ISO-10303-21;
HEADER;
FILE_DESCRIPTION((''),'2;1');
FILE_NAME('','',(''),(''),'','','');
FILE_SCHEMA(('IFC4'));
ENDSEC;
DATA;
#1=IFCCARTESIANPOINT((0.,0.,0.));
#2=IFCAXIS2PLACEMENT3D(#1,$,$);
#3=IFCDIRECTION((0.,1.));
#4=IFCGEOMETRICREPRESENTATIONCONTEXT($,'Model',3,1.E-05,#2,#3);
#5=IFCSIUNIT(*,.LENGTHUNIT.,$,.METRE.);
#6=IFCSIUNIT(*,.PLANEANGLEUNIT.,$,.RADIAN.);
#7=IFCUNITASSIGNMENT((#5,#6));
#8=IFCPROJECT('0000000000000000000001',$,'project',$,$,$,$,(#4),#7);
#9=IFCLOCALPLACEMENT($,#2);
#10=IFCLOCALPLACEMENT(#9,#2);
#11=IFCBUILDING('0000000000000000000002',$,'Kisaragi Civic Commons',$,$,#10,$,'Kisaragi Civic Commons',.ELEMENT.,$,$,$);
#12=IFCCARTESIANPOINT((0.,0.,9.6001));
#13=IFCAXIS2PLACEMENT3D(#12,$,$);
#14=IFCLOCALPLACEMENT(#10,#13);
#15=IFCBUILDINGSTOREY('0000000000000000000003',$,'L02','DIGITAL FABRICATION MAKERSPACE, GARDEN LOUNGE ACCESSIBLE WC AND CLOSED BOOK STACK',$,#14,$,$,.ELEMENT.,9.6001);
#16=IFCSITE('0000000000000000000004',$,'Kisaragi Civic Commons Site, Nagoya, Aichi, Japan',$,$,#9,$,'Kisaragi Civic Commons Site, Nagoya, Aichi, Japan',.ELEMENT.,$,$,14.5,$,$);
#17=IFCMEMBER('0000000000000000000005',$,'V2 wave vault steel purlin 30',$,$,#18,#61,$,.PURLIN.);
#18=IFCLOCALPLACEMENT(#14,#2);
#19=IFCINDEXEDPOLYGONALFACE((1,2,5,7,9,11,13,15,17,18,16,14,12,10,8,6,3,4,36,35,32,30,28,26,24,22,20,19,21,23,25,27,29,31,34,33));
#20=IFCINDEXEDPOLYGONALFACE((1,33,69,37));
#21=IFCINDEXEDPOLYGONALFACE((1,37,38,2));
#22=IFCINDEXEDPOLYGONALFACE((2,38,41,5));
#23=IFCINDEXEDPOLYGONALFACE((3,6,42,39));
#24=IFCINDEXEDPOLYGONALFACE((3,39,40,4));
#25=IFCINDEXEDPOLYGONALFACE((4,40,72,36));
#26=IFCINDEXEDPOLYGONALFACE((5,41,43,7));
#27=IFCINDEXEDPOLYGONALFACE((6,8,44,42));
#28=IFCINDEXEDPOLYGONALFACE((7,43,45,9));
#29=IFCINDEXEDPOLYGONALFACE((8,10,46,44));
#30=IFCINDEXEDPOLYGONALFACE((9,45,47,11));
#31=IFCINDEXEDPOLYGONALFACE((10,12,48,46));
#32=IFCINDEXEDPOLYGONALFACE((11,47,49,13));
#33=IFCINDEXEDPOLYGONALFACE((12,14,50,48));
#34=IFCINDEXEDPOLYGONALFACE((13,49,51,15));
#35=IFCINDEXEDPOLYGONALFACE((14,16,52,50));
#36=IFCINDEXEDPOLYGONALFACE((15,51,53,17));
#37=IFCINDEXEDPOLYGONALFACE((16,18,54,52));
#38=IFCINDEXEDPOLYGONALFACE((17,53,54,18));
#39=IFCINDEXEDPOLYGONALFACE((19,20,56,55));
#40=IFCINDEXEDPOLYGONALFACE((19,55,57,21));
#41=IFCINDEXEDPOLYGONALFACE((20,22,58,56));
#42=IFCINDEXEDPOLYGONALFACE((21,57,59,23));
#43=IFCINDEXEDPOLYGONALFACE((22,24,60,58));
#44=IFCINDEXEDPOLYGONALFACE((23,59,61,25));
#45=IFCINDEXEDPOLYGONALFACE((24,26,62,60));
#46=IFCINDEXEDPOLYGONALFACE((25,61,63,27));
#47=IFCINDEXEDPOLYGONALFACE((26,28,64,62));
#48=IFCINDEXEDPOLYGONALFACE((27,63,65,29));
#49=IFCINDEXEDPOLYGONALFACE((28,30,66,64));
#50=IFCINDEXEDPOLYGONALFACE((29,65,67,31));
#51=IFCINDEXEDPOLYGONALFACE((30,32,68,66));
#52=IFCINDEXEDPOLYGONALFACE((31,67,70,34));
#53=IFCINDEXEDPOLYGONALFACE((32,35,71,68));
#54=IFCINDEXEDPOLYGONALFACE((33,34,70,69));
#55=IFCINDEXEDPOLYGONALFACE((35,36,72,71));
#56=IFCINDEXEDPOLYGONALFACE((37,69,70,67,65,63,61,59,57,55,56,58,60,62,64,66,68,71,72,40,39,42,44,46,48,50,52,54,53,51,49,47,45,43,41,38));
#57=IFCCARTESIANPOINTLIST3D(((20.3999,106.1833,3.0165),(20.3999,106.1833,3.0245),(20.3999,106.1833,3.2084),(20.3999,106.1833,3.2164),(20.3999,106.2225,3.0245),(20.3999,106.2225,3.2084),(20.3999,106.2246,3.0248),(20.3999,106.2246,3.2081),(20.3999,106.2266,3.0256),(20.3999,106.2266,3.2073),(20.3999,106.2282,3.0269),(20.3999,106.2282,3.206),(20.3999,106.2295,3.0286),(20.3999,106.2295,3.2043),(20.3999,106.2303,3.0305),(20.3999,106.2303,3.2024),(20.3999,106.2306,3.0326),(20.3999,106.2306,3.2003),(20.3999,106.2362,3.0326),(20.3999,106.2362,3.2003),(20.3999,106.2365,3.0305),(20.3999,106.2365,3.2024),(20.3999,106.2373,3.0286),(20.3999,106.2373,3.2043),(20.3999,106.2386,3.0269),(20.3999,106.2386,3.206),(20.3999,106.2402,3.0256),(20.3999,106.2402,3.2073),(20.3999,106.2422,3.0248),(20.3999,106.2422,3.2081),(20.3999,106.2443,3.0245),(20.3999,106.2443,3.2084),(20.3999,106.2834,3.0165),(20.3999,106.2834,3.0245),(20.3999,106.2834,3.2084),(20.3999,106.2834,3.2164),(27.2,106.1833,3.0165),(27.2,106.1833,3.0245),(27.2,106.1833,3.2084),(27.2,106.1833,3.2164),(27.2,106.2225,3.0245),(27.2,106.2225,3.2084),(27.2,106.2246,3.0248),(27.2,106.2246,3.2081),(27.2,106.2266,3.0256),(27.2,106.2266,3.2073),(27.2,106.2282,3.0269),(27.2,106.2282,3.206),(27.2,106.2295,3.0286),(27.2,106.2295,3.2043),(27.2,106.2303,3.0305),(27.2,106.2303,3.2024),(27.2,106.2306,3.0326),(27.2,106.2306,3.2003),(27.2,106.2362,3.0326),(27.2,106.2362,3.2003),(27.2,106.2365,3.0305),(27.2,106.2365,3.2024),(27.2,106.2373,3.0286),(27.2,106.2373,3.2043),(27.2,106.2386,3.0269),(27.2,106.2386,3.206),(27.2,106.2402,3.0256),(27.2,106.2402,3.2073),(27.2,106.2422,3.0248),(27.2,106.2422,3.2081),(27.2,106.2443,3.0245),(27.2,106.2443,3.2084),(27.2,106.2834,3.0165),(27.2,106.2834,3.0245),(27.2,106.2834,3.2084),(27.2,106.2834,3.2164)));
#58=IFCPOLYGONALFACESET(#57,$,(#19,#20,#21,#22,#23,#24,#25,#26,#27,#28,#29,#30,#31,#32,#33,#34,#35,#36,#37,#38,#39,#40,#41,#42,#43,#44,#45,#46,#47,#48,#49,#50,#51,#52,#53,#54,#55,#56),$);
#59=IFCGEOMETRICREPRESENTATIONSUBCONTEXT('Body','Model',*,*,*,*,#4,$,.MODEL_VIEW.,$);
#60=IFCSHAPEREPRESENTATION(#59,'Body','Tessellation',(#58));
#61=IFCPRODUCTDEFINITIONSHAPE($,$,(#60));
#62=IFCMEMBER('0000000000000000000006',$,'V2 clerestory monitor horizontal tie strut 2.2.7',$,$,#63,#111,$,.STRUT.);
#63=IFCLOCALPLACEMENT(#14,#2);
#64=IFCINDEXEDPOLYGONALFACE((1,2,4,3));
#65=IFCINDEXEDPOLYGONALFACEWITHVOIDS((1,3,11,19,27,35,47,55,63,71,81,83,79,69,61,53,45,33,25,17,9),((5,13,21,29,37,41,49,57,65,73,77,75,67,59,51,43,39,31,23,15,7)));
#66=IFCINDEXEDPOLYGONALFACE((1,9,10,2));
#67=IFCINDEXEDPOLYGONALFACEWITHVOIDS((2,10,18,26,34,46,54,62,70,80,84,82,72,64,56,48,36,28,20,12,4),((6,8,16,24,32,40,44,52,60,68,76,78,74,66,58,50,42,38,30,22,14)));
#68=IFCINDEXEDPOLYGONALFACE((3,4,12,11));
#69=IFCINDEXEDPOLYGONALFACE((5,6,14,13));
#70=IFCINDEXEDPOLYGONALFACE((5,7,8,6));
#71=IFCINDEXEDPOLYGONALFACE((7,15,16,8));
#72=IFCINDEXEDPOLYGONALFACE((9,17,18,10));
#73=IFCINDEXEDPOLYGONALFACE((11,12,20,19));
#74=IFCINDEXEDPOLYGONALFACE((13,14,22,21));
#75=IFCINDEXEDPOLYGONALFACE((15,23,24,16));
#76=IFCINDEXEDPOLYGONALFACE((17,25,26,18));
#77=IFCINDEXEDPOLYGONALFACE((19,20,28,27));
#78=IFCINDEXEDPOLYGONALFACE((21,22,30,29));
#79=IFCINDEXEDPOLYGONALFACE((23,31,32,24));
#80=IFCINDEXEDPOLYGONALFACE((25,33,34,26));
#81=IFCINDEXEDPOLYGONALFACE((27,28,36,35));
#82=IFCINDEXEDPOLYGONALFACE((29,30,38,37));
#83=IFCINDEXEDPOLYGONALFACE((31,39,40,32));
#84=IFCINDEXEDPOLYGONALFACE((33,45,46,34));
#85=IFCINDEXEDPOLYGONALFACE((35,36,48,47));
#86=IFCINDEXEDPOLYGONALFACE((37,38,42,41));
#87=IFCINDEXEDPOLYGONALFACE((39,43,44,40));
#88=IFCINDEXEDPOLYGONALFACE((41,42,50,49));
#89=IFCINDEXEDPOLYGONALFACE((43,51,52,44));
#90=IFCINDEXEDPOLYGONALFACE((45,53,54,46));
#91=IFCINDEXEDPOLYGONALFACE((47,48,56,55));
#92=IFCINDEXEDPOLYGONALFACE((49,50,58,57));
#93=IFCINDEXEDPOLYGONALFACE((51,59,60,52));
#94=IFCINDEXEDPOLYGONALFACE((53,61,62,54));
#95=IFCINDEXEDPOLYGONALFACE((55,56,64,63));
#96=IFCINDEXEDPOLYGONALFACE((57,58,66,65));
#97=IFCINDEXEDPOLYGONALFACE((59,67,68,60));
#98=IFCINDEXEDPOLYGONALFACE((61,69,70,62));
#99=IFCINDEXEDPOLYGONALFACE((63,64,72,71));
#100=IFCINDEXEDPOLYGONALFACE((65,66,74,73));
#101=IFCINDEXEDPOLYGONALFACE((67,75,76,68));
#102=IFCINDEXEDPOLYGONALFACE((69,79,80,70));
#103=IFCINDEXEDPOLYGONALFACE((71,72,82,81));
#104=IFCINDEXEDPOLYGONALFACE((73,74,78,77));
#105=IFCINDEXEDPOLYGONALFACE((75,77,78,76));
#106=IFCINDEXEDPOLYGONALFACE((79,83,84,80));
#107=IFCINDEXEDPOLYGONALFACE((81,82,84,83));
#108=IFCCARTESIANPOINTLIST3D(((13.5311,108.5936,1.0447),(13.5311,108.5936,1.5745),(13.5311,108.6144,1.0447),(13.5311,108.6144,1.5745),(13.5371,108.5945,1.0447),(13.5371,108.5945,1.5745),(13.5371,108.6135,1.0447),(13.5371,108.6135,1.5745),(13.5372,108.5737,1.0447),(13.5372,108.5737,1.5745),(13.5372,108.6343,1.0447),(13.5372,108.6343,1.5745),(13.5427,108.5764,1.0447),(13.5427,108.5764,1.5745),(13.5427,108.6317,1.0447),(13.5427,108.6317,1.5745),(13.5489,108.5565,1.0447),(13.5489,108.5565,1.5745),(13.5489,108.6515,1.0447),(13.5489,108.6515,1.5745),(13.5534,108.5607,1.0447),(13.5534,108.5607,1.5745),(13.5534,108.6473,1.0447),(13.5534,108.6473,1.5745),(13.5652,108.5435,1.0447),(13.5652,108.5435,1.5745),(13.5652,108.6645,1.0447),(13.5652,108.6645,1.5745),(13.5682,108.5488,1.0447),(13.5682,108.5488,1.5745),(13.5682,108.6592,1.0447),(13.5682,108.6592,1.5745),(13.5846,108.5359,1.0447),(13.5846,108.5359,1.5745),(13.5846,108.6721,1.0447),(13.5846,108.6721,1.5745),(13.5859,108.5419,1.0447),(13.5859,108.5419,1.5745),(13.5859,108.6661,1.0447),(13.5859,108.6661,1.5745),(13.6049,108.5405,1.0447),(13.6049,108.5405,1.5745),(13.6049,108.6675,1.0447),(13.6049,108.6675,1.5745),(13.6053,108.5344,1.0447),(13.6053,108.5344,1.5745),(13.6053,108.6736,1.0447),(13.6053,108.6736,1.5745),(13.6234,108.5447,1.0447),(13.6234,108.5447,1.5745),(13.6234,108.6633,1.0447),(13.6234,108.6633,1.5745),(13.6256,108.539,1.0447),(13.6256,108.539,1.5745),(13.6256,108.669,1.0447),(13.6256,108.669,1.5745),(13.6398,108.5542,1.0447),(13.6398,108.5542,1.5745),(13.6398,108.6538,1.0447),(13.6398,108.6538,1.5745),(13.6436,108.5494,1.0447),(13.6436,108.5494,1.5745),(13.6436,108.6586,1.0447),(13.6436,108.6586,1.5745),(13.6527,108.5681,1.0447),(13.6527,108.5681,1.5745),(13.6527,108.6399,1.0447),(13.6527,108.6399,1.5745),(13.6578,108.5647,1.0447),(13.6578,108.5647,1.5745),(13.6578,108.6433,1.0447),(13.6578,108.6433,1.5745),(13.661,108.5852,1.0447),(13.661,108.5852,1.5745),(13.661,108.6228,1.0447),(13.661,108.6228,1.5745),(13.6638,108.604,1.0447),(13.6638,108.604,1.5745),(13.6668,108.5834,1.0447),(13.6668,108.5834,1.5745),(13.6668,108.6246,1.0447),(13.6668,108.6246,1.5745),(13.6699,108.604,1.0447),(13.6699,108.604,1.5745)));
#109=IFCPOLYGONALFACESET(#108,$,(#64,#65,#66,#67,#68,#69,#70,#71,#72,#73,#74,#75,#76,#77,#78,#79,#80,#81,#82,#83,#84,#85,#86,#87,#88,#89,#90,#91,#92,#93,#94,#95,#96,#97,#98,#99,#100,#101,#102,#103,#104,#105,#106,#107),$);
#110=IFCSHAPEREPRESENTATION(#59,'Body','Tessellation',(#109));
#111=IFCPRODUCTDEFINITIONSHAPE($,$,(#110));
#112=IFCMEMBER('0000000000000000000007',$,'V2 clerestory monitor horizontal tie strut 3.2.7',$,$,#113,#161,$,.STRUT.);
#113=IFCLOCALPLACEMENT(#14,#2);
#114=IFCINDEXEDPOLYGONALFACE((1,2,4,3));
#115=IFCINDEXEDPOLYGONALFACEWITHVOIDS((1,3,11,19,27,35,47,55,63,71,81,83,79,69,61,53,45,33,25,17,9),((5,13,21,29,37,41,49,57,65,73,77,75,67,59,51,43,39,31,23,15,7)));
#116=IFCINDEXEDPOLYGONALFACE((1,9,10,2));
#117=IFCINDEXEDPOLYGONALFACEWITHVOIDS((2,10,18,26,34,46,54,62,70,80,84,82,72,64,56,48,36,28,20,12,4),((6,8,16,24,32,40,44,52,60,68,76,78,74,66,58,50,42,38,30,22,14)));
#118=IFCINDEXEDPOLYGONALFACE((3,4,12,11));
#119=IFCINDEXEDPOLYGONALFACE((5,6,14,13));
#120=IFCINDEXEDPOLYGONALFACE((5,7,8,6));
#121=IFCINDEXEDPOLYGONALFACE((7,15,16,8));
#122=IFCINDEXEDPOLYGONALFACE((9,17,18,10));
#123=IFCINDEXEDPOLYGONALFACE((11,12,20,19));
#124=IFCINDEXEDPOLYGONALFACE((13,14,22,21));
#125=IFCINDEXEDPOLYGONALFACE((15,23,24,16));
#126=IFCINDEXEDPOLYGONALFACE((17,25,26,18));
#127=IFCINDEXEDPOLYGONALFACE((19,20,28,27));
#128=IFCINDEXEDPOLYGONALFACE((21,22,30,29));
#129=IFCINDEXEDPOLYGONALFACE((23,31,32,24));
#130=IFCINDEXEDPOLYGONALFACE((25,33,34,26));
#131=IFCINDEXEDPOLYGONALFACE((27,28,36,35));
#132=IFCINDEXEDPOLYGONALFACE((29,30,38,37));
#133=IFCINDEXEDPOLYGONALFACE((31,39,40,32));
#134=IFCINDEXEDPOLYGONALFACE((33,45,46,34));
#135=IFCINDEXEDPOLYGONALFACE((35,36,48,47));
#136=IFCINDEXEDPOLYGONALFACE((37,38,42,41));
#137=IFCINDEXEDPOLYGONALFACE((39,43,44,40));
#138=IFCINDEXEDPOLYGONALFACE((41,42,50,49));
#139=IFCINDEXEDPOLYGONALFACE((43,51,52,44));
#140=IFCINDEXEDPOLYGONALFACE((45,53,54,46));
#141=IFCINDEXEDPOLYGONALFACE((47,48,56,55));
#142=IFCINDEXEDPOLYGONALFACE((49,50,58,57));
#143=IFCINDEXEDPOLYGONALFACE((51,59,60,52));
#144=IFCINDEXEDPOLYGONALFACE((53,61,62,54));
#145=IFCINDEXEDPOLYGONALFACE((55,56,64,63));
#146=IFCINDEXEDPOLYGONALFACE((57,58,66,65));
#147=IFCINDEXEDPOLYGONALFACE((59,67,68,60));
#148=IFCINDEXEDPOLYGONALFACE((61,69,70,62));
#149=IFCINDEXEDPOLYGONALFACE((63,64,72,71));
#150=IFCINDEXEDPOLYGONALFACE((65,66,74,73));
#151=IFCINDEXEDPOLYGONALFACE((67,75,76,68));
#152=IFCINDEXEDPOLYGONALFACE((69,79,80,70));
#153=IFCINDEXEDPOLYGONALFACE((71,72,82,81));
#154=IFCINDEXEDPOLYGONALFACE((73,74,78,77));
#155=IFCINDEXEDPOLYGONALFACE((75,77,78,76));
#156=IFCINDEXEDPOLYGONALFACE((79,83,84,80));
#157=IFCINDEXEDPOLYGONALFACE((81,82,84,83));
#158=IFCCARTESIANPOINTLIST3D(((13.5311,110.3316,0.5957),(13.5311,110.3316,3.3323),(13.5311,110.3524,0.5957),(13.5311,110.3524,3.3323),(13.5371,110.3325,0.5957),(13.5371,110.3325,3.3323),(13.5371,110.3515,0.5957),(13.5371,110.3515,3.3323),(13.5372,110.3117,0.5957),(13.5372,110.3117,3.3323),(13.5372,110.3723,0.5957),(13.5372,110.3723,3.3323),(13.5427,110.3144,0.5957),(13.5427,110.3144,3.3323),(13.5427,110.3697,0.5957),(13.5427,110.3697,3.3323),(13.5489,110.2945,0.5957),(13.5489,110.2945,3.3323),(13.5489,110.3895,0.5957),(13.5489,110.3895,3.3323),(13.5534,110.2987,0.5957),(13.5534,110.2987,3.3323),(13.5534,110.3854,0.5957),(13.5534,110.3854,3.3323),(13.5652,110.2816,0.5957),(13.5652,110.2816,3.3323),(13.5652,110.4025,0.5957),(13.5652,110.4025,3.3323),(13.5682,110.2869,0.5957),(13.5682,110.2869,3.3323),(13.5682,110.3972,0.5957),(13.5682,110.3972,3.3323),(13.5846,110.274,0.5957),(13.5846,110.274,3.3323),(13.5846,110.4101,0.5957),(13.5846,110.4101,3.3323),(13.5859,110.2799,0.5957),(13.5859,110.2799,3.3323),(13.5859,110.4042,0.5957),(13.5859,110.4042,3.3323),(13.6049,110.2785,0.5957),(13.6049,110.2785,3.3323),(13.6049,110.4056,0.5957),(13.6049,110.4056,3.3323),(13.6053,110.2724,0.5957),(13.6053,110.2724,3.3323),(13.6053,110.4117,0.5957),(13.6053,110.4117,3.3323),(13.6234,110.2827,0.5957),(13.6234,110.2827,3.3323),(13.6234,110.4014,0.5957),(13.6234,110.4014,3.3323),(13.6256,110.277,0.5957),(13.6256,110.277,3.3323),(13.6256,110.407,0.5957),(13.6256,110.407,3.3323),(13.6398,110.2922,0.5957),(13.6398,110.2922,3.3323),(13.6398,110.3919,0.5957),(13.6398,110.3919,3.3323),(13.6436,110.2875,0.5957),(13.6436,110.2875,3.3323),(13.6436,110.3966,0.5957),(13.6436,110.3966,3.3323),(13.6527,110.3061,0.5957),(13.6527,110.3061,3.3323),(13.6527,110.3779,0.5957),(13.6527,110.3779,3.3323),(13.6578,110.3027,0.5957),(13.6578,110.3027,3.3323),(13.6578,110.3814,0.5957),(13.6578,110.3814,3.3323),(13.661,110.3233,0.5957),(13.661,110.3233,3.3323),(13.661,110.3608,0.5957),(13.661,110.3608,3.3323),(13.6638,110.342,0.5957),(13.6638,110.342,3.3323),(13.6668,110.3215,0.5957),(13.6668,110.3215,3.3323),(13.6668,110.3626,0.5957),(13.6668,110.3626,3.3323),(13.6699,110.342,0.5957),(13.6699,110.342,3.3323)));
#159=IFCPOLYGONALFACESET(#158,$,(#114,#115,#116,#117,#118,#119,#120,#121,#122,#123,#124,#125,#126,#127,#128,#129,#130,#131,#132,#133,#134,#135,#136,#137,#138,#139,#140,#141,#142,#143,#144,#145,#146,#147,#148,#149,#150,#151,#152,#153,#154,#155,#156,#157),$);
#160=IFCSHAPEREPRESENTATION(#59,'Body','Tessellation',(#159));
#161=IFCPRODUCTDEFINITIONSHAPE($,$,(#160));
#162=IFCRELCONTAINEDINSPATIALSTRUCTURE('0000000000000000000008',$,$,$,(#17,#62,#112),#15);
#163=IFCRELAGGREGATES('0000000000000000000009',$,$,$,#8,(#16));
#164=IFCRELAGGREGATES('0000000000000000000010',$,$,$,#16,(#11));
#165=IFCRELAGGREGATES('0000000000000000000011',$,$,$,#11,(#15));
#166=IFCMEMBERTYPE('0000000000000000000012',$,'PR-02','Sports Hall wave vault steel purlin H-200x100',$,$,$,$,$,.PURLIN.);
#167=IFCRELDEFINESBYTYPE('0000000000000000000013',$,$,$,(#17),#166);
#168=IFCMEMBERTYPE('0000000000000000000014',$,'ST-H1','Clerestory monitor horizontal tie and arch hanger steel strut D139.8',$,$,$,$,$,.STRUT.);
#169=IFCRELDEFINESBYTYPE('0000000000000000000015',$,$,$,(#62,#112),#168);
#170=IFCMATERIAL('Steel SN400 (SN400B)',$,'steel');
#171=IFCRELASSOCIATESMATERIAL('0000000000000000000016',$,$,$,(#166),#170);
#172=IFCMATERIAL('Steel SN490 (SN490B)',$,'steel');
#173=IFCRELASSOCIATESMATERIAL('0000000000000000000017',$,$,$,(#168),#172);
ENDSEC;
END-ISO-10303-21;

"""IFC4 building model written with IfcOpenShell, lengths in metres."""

from ifc_helpers import new_model, si_unit, direction, frame, origin, origin_2d, place, context, subcontext, project, spatial, hollow_circle, i_section, extrude, material, material_profile, profile_set, type_object, element, save


model = new_model("IFC4")

# Units and contexts
model_context = context("Model", 3, precision=1e-05, world=origin(), true_north=direction((0.0, 1.0)))
body_context = subcontext(model_context, "Body", "Model", "MODEL_VIEW")
ifc_project = project(units=[si_unit("LENGTHUNIT", "METRE"), si_unit("PLANEANGLEUNIT", "RADIAN")], contexts=[model_context])

# Site, building, storey
site_placement = place(None, origin())
site = spatial("IfcSite", under=ifc_project, at=site_placement, Name="Kisaragi Civic Commons Site, Nagoya, Aichi, Japan", LongName="Kisaragi Civic Commons Site, Nagoya, Aichi, Japan", CompositionType="ELEMENT", RefElevation=14.5)
building_placement = place(site_placement, origin())
building = spatial("IfcBuilding", under=site, at=building_placement, Name="Kisaragi Civic Commons", LongName="Kisaragi Civic Commons", CompositionType="ELEMENT")
storey_placement = place(building_placement, frame((0.0, 0.0, 9.6001)))
storey = spatial("IfcBuildingStorey", under=building, at=storey_placement, Name="L02", Description="DIGITAL FABRICATION MAKERSPACE, GARDEN LOUNGE ACCESSIBLE WC AND CLOSED BOOK STACK", CompositionType="ELEMENT", Elevation=9.6001)

# Members
ifc_material_1 = material(Name="Steel SN490 (SN490B)", Category="steel")
ifc_material_2 = material(Name="Steel SN400 (SN400B)", Category="steel")
ifc_material_profile_1 = material_profile(ifc_material_2, i_section(OverallWidth=0.1001, OverallDepth=0.2, WebThickness=0.0056, FlangeThickness=0.0081, FilletRadius=0.0081, at=origin_2d()), Name="H-200x100x5.5x8", Category="steel")
ifc_profile_set_1 = profile_set([ifc_material_profile_1], Name="Steel SN400 (SN400B)")
member_type_1 = type_object("IfcMemberType", Name="PR-02", Description="Sports Hall wave vault steel purlin H-200x100", PredefinedType="PURLIN", material=ifc_profile_set_1)
member_1_placement = place(storey_placement, frame((20.3999, 106.2334, 3.1165), z_axis=(1.0, 0.0, 0.0), x_axis=(0.0, 1.0, 0.0)))
element("IfcMember", 1, at=member_1_placement, inside=storey, type_object=member_type_1, Name="V2 wave vault steel purlin 30", PredefinedType="PURLIN", context=body_context, shape_type="SweptSolid", body=[
    extrude(i_section(OverallWidth=0.1001, OverallDepth=0.2, WebThickness=0.0056, FlangeThickness=0.0081, FilletRadius=0.0081, at=origin_2d()), origin(), (0.0, 0.0, 1.0), 6.8),
])
ifc_material_profile_2 = material_profile(ifc_material_1, hollow_circle(Radius=0.0698, WallThickness=0.0061, at=origin_2d()), Name="CHS-139.8x6.0", Category="steel")
ifc_profile_set_2 = profile_set([ifc_material_profile_2], Name="Steel SN490 (SN490B)")
member_type_2 = type_object("IfcMemberType", Name="ST-H1", Description="Clerestory monitor horizontal tie and arch hanger steel strut D139.8", PredefinedType="STRUT", material=ifc_profile_set_2)
member_2_placement = place(storey_placement, frame((13.6001, 108.604, 1.0447), z_axis=(0.0, 0.0, 1.0), x_axis=(1.0, 0.0, 0.0)))
element("IfcMember", 2, at=member_2_placement, inside=storey, type_object=member_type_2, Name="V2 clerestory monitor horizontal tie strut 2.2.7", PredefinedType="STRUT", context=body_context, shape_type="SweptSolid", body=[
    extrude(hollow_circle(Radius=0.0698, WallThickness=0.0061, at=origin_2d()), origin(), (0.0, 0.0, 1.0), 0.5298),
])
member_3_placement = place(storey_placement, frame((13.6001, 110.342, 0.5957), z_axis=(0.0, 0.0, 1.0), x_axis=(1.0, 0.0, 0.0)))
element("IfcMember", 3, at=member_3_placement, inside=storey, type_object=member_type_2, Name="V2 clerestory monitor horizontal tie strut 3.2.7", PredefinedType="STRUT", context=body_context, shape_type="SweptSolid", body=[
    extrude(hollow_circle(Radius=0.0698, WallThickness=0.0061, at=origin_2d()), origin(), (0.0, 0.0, 1.0), 2.7366),
])

save(model, "model.ifc")
